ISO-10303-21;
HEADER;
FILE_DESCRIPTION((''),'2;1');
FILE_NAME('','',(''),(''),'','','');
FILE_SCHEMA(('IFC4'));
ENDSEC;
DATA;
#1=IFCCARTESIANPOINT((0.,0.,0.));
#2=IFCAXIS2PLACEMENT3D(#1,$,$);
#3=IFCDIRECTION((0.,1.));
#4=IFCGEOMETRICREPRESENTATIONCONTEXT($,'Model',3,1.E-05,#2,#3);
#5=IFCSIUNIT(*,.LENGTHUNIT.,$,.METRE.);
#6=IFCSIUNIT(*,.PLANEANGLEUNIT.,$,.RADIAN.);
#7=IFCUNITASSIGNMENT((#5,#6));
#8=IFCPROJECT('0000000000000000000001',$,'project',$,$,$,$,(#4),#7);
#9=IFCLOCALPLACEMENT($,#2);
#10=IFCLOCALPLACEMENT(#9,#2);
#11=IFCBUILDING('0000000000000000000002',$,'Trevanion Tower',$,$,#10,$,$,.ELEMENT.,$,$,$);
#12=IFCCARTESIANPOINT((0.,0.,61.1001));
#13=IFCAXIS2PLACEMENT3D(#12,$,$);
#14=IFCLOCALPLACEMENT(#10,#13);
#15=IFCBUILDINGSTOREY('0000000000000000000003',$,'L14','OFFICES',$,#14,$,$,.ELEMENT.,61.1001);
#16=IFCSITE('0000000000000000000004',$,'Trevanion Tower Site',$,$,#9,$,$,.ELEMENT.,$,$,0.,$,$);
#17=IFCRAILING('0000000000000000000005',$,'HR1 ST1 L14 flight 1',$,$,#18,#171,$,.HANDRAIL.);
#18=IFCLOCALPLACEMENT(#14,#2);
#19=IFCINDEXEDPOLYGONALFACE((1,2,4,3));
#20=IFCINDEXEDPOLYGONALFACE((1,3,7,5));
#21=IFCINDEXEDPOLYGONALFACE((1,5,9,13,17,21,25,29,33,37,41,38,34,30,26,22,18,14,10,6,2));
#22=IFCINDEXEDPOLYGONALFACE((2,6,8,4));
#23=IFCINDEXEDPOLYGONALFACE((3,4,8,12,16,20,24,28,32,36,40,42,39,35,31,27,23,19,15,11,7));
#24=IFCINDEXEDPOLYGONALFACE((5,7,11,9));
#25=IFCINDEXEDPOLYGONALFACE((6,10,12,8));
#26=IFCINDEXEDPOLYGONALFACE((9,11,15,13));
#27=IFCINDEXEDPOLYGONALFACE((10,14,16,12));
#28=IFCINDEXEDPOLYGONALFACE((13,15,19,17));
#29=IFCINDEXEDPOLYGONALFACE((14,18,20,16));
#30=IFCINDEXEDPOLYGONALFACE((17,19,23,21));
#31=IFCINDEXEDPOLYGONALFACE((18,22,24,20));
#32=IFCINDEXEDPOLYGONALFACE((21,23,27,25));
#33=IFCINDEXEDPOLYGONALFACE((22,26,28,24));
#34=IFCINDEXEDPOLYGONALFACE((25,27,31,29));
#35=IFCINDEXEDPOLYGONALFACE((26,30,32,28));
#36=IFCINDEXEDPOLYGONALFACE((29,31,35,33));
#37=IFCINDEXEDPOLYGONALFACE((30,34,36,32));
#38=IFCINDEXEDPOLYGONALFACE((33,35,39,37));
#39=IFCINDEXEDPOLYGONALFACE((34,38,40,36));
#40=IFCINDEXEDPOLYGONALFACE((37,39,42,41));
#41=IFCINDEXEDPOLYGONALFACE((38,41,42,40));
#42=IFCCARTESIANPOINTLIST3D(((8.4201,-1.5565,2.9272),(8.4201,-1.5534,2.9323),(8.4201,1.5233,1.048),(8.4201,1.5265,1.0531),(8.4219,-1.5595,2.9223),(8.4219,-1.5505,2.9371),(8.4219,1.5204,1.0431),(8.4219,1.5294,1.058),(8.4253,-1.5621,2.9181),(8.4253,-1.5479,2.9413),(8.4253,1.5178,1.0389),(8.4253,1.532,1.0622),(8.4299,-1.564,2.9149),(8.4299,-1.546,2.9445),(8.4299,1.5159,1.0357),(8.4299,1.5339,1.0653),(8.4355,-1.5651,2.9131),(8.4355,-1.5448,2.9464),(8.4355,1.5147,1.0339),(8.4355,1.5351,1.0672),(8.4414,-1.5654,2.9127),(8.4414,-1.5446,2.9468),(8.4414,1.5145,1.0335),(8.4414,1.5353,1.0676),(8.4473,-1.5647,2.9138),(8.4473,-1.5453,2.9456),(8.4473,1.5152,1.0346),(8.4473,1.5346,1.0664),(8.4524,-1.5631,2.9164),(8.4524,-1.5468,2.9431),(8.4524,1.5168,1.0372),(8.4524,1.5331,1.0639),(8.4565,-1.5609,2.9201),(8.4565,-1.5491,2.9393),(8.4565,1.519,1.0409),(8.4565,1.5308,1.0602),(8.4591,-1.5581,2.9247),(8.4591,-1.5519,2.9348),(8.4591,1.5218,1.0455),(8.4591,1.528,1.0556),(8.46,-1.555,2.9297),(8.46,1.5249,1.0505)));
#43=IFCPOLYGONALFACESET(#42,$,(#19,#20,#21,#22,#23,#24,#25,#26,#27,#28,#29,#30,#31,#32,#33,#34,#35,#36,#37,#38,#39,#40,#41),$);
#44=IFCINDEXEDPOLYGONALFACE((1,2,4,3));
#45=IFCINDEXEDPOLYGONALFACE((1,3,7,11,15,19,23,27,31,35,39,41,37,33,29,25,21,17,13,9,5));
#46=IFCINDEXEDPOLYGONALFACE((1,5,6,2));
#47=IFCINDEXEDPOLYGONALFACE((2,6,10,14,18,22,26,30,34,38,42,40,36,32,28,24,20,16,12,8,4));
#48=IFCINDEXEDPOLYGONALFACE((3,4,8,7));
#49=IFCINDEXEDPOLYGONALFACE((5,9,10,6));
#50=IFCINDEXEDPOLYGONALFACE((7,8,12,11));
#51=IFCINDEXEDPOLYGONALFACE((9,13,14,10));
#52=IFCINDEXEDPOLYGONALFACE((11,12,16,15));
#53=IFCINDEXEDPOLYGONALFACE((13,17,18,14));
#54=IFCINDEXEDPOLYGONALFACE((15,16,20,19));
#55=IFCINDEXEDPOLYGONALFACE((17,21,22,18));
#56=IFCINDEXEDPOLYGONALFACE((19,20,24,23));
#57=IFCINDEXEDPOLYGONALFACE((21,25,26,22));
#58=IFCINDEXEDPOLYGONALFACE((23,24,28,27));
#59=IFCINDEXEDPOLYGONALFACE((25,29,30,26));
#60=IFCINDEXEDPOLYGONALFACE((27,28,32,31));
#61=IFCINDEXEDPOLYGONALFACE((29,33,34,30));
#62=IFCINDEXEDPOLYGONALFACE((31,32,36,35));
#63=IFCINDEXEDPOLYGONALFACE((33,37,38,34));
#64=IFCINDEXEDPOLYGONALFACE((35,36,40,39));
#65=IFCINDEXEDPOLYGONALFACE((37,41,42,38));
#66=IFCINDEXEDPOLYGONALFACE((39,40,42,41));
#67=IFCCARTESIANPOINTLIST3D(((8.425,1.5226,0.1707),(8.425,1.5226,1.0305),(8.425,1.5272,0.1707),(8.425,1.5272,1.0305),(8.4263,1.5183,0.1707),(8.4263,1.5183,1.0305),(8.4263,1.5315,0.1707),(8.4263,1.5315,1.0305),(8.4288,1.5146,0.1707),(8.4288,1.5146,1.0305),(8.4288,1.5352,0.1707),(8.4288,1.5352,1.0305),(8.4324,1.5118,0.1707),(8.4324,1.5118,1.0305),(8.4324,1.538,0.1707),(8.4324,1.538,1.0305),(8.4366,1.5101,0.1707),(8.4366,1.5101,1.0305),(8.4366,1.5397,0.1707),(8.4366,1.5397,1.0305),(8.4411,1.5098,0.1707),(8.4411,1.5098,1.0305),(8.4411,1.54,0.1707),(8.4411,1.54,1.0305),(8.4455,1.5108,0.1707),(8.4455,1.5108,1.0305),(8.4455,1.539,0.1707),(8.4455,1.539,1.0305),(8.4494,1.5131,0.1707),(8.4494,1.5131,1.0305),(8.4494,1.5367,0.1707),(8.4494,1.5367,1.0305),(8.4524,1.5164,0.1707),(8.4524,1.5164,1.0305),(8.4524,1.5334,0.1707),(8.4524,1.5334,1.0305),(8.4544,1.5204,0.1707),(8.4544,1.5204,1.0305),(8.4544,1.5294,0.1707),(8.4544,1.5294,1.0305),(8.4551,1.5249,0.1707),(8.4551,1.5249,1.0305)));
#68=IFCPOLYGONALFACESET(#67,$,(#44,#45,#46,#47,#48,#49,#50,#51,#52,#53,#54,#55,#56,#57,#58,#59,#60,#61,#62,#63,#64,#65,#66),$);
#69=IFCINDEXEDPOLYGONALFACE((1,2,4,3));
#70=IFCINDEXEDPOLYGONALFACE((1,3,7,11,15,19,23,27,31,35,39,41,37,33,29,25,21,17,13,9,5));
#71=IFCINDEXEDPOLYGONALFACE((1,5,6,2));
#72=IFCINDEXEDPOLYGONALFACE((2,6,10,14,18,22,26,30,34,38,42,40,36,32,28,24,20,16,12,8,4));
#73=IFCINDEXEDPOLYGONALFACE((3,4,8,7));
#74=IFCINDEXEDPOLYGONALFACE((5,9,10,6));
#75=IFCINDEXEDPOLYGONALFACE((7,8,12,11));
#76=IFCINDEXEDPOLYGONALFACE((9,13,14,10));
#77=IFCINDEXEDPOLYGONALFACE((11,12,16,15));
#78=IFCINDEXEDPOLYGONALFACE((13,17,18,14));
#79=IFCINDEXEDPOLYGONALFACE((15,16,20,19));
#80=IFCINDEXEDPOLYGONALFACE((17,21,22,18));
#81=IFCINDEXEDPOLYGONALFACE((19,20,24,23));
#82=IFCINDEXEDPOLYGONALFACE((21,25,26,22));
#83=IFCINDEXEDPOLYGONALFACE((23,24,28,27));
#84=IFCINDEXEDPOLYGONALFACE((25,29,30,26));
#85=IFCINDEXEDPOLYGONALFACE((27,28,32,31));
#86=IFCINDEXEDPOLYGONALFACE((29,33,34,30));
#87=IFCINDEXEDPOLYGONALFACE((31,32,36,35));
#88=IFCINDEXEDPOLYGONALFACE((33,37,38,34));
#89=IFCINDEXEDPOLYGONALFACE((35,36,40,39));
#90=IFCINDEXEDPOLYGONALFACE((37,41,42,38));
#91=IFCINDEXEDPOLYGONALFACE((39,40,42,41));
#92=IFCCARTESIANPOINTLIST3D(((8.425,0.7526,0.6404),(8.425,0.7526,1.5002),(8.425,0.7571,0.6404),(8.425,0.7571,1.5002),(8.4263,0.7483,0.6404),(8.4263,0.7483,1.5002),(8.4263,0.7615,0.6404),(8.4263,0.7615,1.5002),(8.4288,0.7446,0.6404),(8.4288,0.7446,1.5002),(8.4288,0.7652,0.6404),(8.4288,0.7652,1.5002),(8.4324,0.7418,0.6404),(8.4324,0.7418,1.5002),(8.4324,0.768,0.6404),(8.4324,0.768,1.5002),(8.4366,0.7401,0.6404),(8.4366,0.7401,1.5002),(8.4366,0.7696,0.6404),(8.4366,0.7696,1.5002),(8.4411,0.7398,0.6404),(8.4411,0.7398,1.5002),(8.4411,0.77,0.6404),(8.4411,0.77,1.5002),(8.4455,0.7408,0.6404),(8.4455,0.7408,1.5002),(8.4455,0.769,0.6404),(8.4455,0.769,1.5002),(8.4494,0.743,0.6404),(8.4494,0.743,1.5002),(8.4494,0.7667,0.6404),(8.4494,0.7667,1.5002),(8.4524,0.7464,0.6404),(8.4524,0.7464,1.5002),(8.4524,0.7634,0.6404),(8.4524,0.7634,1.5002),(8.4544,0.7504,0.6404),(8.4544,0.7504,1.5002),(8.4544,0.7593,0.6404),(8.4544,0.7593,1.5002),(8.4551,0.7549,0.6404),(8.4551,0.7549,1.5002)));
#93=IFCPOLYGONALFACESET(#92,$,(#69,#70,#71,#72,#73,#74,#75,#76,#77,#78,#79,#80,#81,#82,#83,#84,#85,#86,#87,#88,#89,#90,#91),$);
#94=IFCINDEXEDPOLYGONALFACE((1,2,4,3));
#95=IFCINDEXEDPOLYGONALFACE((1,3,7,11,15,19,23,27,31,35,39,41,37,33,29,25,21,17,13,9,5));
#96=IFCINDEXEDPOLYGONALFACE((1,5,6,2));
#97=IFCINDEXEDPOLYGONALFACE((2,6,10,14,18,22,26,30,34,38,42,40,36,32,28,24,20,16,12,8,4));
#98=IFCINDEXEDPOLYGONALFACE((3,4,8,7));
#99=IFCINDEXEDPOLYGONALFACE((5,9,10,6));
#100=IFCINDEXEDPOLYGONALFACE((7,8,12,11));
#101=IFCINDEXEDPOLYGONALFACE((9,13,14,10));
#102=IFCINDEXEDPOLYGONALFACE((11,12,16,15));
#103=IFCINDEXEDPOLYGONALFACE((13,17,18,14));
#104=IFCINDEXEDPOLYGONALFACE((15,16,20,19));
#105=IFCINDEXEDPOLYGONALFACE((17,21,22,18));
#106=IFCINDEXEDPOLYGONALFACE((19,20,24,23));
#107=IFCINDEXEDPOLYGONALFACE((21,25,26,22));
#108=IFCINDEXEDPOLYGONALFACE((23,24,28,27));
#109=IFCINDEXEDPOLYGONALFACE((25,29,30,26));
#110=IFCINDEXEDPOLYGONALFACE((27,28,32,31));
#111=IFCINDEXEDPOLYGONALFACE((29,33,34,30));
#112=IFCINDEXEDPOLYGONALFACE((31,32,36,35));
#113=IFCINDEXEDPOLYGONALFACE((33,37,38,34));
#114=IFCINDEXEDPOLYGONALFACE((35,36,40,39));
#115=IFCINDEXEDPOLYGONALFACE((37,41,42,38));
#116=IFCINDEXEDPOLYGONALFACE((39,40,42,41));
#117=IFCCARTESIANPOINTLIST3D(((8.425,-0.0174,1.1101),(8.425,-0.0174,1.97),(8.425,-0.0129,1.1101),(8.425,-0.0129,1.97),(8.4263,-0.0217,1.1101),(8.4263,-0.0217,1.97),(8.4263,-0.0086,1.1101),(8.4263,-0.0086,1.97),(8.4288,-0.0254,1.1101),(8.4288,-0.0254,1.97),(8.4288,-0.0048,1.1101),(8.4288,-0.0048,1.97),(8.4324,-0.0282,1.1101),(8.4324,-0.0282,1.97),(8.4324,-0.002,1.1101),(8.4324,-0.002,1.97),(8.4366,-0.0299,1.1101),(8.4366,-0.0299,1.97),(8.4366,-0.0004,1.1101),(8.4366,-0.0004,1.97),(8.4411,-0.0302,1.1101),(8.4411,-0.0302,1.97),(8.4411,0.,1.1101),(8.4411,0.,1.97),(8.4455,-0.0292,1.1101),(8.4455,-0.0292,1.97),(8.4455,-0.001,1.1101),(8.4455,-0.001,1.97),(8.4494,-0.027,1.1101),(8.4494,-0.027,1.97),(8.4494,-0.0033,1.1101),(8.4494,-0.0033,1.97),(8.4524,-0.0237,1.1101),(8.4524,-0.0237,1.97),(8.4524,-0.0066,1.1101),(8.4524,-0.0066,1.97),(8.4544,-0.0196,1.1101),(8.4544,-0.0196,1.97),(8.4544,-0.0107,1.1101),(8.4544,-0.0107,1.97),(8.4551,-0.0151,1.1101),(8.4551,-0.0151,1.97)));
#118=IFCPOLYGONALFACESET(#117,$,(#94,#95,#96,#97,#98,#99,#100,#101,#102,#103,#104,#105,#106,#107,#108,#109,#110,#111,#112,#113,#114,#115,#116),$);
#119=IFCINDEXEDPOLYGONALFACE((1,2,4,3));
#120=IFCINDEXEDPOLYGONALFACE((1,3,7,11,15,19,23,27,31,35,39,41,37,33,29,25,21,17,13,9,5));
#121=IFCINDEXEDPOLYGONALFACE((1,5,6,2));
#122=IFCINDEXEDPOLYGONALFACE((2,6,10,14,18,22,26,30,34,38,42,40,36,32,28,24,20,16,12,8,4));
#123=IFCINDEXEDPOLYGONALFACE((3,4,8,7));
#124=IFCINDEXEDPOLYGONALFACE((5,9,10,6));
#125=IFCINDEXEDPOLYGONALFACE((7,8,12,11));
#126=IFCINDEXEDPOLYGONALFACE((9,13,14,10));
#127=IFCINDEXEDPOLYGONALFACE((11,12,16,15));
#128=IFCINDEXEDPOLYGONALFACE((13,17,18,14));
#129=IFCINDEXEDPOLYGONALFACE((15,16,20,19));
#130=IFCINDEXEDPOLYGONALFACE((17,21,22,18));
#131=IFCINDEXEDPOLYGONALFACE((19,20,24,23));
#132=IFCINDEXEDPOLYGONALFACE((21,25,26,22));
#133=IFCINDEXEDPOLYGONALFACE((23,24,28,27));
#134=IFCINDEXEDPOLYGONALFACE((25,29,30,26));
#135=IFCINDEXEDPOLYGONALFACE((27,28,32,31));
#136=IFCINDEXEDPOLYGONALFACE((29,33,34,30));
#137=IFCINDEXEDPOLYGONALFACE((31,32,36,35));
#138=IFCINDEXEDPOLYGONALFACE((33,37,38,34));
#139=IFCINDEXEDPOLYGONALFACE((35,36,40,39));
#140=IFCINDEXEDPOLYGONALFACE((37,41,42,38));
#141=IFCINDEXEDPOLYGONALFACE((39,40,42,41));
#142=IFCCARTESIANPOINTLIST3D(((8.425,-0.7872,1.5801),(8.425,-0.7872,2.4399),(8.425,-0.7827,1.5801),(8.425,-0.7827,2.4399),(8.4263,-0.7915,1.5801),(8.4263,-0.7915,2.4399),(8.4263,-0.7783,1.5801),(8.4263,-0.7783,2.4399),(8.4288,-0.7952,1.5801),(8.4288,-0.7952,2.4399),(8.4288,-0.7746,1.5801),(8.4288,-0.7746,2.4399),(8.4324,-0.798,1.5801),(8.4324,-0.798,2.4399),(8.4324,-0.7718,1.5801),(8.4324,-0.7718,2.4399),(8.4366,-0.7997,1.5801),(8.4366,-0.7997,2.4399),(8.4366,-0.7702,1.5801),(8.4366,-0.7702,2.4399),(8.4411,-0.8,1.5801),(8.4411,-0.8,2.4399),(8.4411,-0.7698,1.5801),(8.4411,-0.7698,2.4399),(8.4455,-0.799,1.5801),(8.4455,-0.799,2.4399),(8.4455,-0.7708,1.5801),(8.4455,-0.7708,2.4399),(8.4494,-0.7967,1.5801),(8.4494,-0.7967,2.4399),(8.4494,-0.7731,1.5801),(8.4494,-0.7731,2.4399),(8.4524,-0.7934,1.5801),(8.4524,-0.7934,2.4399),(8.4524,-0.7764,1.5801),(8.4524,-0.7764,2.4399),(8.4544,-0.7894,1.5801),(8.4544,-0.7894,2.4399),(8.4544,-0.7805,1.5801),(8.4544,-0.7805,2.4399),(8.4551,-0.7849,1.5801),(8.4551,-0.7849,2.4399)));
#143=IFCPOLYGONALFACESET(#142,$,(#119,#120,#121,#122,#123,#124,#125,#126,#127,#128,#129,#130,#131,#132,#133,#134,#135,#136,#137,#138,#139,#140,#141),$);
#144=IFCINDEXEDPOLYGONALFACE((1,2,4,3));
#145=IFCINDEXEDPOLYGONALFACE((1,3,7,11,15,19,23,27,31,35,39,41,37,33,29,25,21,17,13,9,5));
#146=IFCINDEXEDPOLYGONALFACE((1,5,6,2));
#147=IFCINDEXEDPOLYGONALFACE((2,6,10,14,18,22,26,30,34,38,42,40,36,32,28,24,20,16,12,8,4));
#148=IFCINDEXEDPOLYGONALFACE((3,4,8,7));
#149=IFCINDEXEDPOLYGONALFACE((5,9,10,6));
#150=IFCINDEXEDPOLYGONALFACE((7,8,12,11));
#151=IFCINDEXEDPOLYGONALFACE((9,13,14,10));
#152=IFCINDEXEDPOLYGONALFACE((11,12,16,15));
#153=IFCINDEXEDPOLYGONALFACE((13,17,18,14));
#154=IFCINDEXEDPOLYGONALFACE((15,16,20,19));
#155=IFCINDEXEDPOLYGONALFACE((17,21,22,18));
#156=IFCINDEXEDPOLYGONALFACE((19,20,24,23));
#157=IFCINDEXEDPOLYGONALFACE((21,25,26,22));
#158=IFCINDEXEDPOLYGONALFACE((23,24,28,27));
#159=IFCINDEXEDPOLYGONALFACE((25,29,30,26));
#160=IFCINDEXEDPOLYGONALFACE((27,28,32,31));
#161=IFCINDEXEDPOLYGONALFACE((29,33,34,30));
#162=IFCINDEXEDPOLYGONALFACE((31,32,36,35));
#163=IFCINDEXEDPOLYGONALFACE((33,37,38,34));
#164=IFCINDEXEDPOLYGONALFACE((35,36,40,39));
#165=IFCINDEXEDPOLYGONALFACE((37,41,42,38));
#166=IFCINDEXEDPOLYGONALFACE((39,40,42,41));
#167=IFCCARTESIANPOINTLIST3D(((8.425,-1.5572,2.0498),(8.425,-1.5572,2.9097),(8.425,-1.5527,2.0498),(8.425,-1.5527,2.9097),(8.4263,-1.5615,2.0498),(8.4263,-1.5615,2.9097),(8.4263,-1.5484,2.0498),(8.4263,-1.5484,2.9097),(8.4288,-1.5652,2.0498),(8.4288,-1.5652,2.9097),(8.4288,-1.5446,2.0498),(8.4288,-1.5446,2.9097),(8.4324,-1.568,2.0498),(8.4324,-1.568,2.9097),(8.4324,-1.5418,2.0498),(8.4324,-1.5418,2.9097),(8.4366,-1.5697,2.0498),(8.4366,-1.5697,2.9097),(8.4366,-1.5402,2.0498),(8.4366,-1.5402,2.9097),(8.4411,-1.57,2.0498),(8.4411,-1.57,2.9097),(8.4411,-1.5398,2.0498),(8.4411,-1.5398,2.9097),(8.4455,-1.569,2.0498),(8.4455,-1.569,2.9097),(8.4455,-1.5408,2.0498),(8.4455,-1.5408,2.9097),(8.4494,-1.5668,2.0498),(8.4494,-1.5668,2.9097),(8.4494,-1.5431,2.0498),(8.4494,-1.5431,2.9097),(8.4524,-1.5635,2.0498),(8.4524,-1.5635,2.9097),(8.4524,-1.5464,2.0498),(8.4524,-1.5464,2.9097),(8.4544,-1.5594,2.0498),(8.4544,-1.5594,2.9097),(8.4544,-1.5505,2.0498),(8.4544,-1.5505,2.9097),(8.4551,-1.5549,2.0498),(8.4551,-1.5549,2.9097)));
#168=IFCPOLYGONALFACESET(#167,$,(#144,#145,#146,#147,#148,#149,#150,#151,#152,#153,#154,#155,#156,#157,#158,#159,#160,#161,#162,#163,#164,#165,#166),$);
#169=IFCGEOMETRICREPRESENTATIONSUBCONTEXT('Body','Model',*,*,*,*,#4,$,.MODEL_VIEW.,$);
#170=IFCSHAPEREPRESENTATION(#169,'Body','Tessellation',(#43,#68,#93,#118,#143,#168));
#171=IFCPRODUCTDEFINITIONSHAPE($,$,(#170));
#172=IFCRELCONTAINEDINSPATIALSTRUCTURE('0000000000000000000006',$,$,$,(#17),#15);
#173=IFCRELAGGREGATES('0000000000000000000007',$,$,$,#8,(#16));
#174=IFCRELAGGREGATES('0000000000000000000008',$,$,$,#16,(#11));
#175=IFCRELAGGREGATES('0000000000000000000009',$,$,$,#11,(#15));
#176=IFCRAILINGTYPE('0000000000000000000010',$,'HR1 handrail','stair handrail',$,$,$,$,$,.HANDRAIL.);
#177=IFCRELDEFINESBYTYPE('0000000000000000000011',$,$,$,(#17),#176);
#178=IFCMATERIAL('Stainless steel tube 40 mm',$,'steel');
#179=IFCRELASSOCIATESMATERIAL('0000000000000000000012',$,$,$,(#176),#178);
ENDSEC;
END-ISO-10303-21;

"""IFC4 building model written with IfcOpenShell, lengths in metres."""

from ifc_helpers import new_model, si_unit, direction, frame, origin, origin_2d, place, context, subcontext, project, spatial, circle, extrude, material, type_object, element, save


model = new_model("IFC4")

# Units and contexts
model_context = context("Model", 3, precision=1e-05, world=origin(), true_north=direction((0.0, 1.0)))
body_context = subcontext(model_context, "Body", "Model", "MODEL_VIEW")
ifc_project = project(units=[si_unit("LENGTHUNIT", "METRE"), si_unit("PLANEANGLEUNIT", "RADIAN")], contexts=[model_context])

# Site, building, storey
site_placement = place(None, origin())
site = spatial("IfcSite", under=ifc_project, at=site_placement, Name="Trevanion Tower Site", CompositionType="ELEMENT", RefElevation=0.0)
building_placement = place(site_placement, origin())
building = spatial("IfcBuilding", under=site, at=building_placement, Name="Trevanion Tower", CompositionType="ELEMENT")
storey_placement = place(building_placement, frame((0.0, 0.0, 61.1001)))
storey = spatial("IfcBuildingStorey", under=building, at=storey_placement, Name="L14", Description="OFFICES", CompositionType="ELEMENT", Elevation=61.1001)

# Railing
ifc_material_1 = material(Name="Stainless steel tube 40 mm", Category="steel")
railing_type = type_object("IfcRailingType", Name="HR1 handrail", Description="stair handrail", PredefinedType="HANDRAIL", material=ifc_material_1)
for number, where, name in (
    (1, (8.4399, 1.5249, 0.1707), "HR1 ST1 L14 flight 1"),
):
    element("IfcRailing", number, at=place(storey_placement, frame(where)), inside=storey, type_object=railing_type, Name=name, PredefinedType="HANDRAIL", context=body_context, shape_type="SweptSolid", body=[
        extrude(circle(Radius=0.02, at=origin_2d()), frame((0.0, 0.0, 0.8799), z_axis=(0.0, -0.853648, 0.52085), x_axis=(1.0, 0.0, 0.0)), (0.0, 0.0, 1.0), 3.6079),
        extrude(circle(Radius=0.0151, at=origin_2d()), origin(), (0.0, 0.0, 1.0), 0.8599),
        extrude(circle(Radius=0.0151, at=origin_2d()), frame((0.0, -0.77, 0.4697)), (0.0, 0.0, 1.0), 0.8599),
        extrude(circle(Radius=0.0151, at=origin_2d()), frame((0.0, -1.54, 0.9395)), (0.0, 0.0, 1.0), 0.8599),
        extrude(circle(Radius=0.0151, at=origin_2d()), frame((0.0, -2.3098, 1.4094)), (0.0, 0.0, 1.0), 0.8599),
        extrude(circle(Radius=0.0151, at=origin_2d()), frame((0.0, -3.0798, 1.8792)), (0.0, 0.0, 1.0), 0.8599),
    ])

save(model, "model.ifc")
